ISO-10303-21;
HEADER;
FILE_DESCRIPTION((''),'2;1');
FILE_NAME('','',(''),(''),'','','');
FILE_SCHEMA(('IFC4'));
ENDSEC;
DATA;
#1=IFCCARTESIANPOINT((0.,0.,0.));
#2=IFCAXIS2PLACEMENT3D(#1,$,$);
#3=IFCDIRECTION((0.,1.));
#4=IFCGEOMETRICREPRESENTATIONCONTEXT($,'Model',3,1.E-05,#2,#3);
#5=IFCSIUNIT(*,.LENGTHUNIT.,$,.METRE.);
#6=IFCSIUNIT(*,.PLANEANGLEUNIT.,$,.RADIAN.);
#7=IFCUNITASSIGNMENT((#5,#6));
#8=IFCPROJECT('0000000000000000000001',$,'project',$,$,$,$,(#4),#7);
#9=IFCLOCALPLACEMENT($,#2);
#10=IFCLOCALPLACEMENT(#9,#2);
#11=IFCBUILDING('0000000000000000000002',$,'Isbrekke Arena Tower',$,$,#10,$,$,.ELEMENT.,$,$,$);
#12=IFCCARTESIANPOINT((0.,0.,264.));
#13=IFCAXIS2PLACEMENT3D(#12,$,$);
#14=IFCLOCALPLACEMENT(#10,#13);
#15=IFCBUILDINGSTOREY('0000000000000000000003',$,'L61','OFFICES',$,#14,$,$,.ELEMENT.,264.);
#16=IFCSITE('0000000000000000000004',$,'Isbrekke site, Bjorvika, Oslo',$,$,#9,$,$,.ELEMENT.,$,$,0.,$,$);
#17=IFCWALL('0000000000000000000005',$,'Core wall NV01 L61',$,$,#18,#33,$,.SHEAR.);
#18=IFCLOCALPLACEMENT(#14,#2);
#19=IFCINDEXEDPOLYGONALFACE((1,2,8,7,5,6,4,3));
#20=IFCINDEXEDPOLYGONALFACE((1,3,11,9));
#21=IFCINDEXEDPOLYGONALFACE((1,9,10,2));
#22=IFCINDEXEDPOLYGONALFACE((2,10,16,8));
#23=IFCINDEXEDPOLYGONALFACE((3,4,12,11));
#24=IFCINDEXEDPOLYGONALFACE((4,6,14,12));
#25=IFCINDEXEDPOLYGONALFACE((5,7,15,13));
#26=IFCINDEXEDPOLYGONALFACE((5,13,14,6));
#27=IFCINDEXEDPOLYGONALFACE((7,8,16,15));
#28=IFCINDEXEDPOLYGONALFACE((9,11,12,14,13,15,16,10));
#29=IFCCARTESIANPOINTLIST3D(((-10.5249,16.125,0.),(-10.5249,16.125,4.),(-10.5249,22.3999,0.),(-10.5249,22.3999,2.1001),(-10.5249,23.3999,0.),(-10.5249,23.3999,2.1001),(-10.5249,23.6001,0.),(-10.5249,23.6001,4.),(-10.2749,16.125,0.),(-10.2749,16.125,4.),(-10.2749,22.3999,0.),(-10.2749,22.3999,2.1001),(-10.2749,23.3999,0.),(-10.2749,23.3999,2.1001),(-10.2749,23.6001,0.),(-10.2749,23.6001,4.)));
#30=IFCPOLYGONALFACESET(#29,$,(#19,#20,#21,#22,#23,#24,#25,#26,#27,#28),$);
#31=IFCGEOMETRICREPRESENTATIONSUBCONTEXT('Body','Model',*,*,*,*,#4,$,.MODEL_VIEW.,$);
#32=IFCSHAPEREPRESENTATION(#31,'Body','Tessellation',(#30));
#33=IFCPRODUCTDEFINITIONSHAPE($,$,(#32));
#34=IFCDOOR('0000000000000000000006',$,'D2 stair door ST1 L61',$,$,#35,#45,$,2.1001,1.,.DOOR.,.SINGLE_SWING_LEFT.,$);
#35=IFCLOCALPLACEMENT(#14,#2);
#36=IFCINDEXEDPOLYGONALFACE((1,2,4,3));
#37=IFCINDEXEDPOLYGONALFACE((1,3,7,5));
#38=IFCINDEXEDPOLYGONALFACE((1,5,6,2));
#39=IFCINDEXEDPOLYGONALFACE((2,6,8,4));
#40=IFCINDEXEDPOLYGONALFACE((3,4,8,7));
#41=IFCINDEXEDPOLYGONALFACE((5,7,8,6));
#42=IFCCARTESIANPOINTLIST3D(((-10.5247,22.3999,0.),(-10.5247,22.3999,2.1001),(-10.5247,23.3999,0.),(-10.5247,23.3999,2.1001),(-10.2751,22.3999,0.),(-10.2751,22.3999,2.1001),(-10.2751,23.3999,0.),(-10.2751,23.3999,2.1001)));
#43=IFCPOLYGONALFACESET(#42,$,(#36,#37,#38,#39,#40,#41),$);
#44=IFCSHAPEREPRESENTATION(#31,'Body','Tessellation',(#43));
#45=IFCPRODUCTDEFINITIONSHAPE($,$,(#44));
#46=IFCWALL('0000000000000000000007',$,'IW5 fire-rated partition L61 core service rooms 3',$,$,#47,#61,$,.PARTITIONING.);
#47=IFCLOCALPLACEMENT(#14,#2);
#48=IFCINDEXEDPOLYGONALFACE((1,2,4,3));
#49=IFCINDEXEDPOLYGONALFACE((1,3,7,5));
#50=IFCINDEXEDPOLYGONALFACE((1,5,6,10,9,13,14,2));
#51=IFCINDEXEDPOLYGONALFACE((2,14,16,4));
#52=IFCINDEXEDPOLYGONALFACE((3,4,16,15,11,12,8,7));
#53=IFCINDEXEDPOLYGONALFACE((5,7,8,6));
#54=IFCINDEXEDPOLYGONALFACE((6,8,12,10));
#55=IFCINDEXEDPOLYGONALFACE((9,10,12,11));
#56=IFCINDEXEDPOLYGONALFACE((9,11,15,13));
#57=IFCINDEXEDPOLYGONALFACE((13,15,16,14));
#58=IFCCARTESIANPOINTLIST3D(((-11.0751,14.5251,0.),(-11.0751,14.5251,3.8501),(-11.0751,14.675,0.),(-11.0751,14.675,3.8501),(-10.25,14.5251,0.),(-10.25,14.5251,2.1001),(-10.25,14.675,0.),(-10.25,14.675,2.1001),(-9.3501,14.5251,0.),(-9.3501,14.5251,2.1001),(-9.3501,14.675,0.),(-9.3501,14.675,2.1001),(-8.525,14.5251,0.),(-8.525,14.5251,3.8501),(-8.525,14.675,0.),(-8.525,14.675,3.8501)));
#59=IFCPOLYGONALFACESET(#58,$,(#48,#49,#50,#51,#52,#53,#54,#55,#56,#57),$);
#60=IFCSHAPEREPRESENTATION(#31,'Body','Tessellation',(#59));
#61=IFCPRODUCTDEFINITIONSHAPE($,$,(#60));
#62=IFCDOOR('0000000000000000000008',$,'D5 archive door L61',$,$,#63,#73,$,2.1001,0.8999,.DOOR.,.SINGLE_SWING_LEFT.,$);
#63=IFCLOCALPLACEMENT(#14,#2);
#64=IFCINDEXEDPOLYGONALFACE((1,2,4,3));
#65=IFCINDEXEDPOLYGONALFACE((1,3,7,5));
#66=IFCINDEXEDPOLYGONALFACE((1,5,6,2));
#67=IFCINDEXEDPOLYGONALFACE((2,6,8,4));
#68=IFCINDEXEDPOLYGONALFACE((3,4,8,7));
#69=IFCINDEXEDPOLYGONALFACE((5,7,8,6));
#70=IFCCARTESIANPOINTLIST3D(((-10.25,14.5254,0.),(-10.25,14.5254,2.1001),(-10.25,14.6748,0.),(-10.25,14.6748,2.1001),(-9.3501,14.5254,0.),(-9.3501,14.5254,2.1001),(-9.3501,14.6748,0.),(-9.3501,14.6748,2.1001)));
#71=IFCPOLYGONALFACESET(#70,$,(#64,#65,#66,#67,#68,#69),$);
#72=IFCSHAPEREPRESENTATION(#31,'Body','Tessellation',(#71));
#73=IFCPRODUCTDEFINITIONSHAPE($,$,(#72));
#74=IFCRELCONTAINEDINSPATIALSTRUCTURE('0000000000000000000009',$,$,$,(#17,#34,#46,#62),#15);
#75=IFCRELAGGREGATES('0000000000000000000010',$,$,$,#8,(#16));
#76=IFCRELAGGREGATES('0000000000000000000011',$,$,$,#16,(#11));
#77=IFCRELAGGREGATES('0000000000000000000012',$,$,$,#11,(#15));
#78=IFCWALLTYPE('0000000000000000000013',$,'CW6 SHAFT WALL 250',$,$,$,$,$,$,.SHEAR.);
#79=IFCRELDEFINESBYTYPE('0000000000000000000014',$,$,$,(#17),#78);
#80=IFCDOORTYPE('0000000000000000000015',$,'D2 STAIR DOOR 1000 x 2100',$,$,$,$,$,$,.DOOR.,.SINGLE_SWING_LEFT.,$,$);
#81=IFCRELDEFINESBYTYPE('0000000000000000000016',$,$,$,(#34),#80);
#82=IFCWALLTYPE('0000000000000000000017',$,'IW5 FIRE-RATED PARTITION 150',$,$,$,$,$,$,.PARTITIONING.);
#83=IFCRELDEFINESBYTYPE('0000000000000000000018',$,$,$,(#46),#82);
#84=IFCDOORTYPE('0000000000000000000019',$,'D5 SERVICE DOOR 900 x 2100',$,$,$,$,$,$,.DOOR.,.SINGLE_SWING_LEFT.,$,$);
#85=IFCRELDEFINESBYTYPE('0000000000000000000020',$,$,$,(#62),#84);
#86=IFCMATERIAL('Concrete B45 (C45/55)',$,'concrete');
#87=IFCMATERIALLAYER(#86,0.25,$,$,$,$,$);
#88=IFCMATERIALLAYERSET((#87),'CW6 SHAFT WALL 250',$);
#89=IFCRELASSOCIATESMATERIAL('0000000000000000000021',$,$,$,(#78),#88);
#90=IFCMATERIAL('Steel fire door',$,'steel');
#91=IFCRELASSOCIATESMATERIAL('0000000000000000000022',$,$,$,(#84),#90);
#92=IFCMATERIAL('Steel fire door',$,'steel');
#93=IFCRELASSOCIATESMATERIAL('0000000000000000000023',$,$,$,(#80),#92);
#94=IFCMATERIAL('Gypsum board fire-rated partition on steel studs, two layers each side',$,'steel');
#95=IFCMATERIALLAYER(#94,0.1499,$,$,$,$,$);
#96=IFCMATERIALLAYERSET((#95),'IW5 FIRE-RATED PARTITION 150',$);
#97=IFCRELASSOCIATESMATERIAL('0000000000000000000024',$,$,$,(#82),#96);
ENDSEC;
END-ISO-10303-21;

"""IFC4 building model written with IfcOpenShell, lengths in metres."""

from ifc_helpers import new_model, si_unit, direction, frame, frame_2d, origin, place, context, subcontext, project, spatial, rectangle, extrude, material, layer, layer_set, type_object, element, fill, save


model = new_model("IFC4")

# Units and contexts
model_context = context("Model", 3, precision=1e-05, world=origin(), true_north=direction((0.0, 1.0)))
body_context = subcontext(model_context, "Body", "Model", "MODEL_VIEW")
ifc_project = project(units=[si_unit("LENGTHUNIT", "METRE"), si_unit("PLANEANGLEUNIT", "RADIAN")], contexts=[model_context])

# Site, building, storey
site_placement = place(None, origin())
site = spatial("IfcSite", under=ifc_project, at=site_placement, Name="Isbrekke site, Bjorvika, Oslo", CompositionType="ELEMENT", RefElevation=0.0)
building_placement = place(site_placement, origin())
building = spatial("IfcBuilding", under=site, at=building_placement, Name="Isbrekke Arena Tower", CompositionType="ELEMENT")
storey_placement = place(building_placement, frame((0.0, 0.0, 264.0)))
storey = spatial("IfcBuildingStorey", under=building, at=storey_placement, Name="L61", Description="OFFICES", CompositionType="ELEMENT", Elevation=264.0)

# Shared definitions
ifc_material_1 = material(Name="Concrete B45 (C45/55)", Category="concrete")
ifc_layer_1 = layer(ifc_material_1, 0.25)
ifc_layer_set_1 = layer_set([ifc_layer_1], Name="CW6 SHAFT WALL 250")
wall_type_1 = type_object("IfcWallType", Name="CW6 SHAFT WALL 250", PredefinedType="SHEAR", material=ifc_layer_set_1)
ifc_material_2 = material(Name="Steel fire door", Category="steel")
door_type_1 = type_object("IfcDoorType", Name="D5 SERVICE DOOR 900 x 2100", OperationType="SINGLE_SWING_LEFT", PredefinedType="DOOR", material=ifc_material_2)

# Walls, openings, doors
wall_1_placement = place(storey_placement, frame((-10.3999, 16.125, 0.0), z_axis=(0.0, 0.0, 1.0), x_axis=(0.0, 1.0, 0.0)))
wall_1 = element("IfcWall", 1, at=wall_1_placement, inside=storey, type_object=wall_type_1, Name="Core wall NV01 L61", PredefinedType="SHEAR", context=body_context, shape_type="SweptSolid", body=[
    extrude(rectangle(XDim=7.4751, YDim=0.25, at=frame_2d((3.7375, 0.0))), origin(), (0.0, 0.0, 1.0), 4.0),
])
opening_1_placement = place(wall_1_placement, frame((6.2749, 0.0, 0.0)))
opening_1 = element("IfcOpeningElement", 2, at=opening_1_placement, cuts=wall_1, PredefinedType="OPENING", context=body_context, shape_type="SweptSolid", body=[
    extrude(rectangle(XDim=1.0, YDim=2.1001, at=frame_2d((0.5, 1.05))), frame((0.0, 0.1399, 0.0), z_axis=(0.0, -1.0, 0.0), x_axis=(1.0, 0.0, 0.0)), (0.0, 0.0, 1.0), 0.2798),
])
ifc_material_3 = material(Name="Steel fire door", Category="steel")
door_type_2 = type_object("IfcDoorType", Name="D2 STAIR DOOR 1000 x 2100", OperationType="SINGLE_SWING_LEFT", PredefinedType="DOOR", material=ifc_material_3)
door_1_placement = place(opening_1_placement, origin())
door_1 = element("IfcDoor", 3, at=door_1_placement, inside=storey, type_object=door_type_2, Name="D2 stair door ST1 L61", OperationType="SINGLE_SWING_LEFT", OverallHeight=2.1001, OverallWidth=1.0, PredefinedType="DOOR", context=body_context, shape_type="SweptSolid", body=[
    extrude(rectangle(XDim=1.0, YDim=2.1001, at=frame_2d((0.5, 1.05))), frame((0.0, 0.1248, 0.0), z_axis=(0.0, -1.0, 0.0), x_axis=(1.0, 0.0, 0.0)), (0.0, 0.0, 1.0), 0.2495),
])
fill(opening_1, door_1)
ifc_material_4 = material(Name="Gypsum board fire-rated partition on steel studs, two layers each side", Category="steel")
ifc_layer_2 = layer(ifc_material_4, 0.1499)
ifc_layer_set_2 = layer_set([ifc_layer_2], Name="IW5 FIRE-RATED PARTITION 150")
wall_type_2 = type_object("IfcWallType", Name="IW5 FIRE-RATED PARTITION 150", PredefinedType="PARTITIONING", material=ifc_layer_set_2)
wall_2_placement = place(storey_placement, frame((-11.075, 14.6001, 0.0), z_axis=(0.0, 0.0, 1.0), x_axis=(1.0, 0.0, 0.0)))
wall_2 = element("IfcWall", 4, at=wall_2_placement, inside=storey, type_object=wall_type_2, Name="IW5 fire-rated partition L61 core service rooms 3", PredefinedType="PARTITIONING", context=body_context, shape_type="SweptSolid", body=[
    extrude(rectangle(XDim=2.55, YDim=0.1499, at=frame_2d((1.2749, 0.0))), origin(), (0.0, 0.0, 1.0), 3.8501),
])
opening_2_placement = place(wall_2_placement, frame((0.825, 0.0, 0.0)))
opening_2 = element("IfcOpeningElement", 5, at=opening_2_placement, cuts=wall_2, PredefinedType="OPENING", context=body_context, shape_type="SweptSolid", body=[
    extrude(rectangle(XDim=0.8999, YDim=2.1001, at=frame_2d((0.45, 1.05))), frame((0.0, 0.0898, 0.0), z_axis=(0.0, -1.0, 0.0), x_axis=(1.0, 0.0, 0.0)), (0.0, 0.0, 1.0), 0.1797),
])
door_2_placement = place(opening_2_placement, origin())
door_2 = element("IfcDoor", 6, at=door_2_placement, inside=storey, type_object=door_type_1, Name="D5 archive door L61", OperationType="SINGLE_SWING_LEFT", OverallHeight=2.1001, OverallWidth=0.8999, PredefinedType="DOOR", context=body_context, shape_type="SweptSolid", body=[
    extrude(rectangle(XDim=0.8999, YDim=2.1001, at=frame_2d((0.45, 1.05))), frame((0.0, 0.0747, 0.0), z_axis=(0.0, -1.0, 0.0), x_axis=(1.0, 0.0, 0.0)), (0.0, 0.0, 1.0), 0.1494),
])
fill(opening_2, door_2)

save(model, "model.ifc")
